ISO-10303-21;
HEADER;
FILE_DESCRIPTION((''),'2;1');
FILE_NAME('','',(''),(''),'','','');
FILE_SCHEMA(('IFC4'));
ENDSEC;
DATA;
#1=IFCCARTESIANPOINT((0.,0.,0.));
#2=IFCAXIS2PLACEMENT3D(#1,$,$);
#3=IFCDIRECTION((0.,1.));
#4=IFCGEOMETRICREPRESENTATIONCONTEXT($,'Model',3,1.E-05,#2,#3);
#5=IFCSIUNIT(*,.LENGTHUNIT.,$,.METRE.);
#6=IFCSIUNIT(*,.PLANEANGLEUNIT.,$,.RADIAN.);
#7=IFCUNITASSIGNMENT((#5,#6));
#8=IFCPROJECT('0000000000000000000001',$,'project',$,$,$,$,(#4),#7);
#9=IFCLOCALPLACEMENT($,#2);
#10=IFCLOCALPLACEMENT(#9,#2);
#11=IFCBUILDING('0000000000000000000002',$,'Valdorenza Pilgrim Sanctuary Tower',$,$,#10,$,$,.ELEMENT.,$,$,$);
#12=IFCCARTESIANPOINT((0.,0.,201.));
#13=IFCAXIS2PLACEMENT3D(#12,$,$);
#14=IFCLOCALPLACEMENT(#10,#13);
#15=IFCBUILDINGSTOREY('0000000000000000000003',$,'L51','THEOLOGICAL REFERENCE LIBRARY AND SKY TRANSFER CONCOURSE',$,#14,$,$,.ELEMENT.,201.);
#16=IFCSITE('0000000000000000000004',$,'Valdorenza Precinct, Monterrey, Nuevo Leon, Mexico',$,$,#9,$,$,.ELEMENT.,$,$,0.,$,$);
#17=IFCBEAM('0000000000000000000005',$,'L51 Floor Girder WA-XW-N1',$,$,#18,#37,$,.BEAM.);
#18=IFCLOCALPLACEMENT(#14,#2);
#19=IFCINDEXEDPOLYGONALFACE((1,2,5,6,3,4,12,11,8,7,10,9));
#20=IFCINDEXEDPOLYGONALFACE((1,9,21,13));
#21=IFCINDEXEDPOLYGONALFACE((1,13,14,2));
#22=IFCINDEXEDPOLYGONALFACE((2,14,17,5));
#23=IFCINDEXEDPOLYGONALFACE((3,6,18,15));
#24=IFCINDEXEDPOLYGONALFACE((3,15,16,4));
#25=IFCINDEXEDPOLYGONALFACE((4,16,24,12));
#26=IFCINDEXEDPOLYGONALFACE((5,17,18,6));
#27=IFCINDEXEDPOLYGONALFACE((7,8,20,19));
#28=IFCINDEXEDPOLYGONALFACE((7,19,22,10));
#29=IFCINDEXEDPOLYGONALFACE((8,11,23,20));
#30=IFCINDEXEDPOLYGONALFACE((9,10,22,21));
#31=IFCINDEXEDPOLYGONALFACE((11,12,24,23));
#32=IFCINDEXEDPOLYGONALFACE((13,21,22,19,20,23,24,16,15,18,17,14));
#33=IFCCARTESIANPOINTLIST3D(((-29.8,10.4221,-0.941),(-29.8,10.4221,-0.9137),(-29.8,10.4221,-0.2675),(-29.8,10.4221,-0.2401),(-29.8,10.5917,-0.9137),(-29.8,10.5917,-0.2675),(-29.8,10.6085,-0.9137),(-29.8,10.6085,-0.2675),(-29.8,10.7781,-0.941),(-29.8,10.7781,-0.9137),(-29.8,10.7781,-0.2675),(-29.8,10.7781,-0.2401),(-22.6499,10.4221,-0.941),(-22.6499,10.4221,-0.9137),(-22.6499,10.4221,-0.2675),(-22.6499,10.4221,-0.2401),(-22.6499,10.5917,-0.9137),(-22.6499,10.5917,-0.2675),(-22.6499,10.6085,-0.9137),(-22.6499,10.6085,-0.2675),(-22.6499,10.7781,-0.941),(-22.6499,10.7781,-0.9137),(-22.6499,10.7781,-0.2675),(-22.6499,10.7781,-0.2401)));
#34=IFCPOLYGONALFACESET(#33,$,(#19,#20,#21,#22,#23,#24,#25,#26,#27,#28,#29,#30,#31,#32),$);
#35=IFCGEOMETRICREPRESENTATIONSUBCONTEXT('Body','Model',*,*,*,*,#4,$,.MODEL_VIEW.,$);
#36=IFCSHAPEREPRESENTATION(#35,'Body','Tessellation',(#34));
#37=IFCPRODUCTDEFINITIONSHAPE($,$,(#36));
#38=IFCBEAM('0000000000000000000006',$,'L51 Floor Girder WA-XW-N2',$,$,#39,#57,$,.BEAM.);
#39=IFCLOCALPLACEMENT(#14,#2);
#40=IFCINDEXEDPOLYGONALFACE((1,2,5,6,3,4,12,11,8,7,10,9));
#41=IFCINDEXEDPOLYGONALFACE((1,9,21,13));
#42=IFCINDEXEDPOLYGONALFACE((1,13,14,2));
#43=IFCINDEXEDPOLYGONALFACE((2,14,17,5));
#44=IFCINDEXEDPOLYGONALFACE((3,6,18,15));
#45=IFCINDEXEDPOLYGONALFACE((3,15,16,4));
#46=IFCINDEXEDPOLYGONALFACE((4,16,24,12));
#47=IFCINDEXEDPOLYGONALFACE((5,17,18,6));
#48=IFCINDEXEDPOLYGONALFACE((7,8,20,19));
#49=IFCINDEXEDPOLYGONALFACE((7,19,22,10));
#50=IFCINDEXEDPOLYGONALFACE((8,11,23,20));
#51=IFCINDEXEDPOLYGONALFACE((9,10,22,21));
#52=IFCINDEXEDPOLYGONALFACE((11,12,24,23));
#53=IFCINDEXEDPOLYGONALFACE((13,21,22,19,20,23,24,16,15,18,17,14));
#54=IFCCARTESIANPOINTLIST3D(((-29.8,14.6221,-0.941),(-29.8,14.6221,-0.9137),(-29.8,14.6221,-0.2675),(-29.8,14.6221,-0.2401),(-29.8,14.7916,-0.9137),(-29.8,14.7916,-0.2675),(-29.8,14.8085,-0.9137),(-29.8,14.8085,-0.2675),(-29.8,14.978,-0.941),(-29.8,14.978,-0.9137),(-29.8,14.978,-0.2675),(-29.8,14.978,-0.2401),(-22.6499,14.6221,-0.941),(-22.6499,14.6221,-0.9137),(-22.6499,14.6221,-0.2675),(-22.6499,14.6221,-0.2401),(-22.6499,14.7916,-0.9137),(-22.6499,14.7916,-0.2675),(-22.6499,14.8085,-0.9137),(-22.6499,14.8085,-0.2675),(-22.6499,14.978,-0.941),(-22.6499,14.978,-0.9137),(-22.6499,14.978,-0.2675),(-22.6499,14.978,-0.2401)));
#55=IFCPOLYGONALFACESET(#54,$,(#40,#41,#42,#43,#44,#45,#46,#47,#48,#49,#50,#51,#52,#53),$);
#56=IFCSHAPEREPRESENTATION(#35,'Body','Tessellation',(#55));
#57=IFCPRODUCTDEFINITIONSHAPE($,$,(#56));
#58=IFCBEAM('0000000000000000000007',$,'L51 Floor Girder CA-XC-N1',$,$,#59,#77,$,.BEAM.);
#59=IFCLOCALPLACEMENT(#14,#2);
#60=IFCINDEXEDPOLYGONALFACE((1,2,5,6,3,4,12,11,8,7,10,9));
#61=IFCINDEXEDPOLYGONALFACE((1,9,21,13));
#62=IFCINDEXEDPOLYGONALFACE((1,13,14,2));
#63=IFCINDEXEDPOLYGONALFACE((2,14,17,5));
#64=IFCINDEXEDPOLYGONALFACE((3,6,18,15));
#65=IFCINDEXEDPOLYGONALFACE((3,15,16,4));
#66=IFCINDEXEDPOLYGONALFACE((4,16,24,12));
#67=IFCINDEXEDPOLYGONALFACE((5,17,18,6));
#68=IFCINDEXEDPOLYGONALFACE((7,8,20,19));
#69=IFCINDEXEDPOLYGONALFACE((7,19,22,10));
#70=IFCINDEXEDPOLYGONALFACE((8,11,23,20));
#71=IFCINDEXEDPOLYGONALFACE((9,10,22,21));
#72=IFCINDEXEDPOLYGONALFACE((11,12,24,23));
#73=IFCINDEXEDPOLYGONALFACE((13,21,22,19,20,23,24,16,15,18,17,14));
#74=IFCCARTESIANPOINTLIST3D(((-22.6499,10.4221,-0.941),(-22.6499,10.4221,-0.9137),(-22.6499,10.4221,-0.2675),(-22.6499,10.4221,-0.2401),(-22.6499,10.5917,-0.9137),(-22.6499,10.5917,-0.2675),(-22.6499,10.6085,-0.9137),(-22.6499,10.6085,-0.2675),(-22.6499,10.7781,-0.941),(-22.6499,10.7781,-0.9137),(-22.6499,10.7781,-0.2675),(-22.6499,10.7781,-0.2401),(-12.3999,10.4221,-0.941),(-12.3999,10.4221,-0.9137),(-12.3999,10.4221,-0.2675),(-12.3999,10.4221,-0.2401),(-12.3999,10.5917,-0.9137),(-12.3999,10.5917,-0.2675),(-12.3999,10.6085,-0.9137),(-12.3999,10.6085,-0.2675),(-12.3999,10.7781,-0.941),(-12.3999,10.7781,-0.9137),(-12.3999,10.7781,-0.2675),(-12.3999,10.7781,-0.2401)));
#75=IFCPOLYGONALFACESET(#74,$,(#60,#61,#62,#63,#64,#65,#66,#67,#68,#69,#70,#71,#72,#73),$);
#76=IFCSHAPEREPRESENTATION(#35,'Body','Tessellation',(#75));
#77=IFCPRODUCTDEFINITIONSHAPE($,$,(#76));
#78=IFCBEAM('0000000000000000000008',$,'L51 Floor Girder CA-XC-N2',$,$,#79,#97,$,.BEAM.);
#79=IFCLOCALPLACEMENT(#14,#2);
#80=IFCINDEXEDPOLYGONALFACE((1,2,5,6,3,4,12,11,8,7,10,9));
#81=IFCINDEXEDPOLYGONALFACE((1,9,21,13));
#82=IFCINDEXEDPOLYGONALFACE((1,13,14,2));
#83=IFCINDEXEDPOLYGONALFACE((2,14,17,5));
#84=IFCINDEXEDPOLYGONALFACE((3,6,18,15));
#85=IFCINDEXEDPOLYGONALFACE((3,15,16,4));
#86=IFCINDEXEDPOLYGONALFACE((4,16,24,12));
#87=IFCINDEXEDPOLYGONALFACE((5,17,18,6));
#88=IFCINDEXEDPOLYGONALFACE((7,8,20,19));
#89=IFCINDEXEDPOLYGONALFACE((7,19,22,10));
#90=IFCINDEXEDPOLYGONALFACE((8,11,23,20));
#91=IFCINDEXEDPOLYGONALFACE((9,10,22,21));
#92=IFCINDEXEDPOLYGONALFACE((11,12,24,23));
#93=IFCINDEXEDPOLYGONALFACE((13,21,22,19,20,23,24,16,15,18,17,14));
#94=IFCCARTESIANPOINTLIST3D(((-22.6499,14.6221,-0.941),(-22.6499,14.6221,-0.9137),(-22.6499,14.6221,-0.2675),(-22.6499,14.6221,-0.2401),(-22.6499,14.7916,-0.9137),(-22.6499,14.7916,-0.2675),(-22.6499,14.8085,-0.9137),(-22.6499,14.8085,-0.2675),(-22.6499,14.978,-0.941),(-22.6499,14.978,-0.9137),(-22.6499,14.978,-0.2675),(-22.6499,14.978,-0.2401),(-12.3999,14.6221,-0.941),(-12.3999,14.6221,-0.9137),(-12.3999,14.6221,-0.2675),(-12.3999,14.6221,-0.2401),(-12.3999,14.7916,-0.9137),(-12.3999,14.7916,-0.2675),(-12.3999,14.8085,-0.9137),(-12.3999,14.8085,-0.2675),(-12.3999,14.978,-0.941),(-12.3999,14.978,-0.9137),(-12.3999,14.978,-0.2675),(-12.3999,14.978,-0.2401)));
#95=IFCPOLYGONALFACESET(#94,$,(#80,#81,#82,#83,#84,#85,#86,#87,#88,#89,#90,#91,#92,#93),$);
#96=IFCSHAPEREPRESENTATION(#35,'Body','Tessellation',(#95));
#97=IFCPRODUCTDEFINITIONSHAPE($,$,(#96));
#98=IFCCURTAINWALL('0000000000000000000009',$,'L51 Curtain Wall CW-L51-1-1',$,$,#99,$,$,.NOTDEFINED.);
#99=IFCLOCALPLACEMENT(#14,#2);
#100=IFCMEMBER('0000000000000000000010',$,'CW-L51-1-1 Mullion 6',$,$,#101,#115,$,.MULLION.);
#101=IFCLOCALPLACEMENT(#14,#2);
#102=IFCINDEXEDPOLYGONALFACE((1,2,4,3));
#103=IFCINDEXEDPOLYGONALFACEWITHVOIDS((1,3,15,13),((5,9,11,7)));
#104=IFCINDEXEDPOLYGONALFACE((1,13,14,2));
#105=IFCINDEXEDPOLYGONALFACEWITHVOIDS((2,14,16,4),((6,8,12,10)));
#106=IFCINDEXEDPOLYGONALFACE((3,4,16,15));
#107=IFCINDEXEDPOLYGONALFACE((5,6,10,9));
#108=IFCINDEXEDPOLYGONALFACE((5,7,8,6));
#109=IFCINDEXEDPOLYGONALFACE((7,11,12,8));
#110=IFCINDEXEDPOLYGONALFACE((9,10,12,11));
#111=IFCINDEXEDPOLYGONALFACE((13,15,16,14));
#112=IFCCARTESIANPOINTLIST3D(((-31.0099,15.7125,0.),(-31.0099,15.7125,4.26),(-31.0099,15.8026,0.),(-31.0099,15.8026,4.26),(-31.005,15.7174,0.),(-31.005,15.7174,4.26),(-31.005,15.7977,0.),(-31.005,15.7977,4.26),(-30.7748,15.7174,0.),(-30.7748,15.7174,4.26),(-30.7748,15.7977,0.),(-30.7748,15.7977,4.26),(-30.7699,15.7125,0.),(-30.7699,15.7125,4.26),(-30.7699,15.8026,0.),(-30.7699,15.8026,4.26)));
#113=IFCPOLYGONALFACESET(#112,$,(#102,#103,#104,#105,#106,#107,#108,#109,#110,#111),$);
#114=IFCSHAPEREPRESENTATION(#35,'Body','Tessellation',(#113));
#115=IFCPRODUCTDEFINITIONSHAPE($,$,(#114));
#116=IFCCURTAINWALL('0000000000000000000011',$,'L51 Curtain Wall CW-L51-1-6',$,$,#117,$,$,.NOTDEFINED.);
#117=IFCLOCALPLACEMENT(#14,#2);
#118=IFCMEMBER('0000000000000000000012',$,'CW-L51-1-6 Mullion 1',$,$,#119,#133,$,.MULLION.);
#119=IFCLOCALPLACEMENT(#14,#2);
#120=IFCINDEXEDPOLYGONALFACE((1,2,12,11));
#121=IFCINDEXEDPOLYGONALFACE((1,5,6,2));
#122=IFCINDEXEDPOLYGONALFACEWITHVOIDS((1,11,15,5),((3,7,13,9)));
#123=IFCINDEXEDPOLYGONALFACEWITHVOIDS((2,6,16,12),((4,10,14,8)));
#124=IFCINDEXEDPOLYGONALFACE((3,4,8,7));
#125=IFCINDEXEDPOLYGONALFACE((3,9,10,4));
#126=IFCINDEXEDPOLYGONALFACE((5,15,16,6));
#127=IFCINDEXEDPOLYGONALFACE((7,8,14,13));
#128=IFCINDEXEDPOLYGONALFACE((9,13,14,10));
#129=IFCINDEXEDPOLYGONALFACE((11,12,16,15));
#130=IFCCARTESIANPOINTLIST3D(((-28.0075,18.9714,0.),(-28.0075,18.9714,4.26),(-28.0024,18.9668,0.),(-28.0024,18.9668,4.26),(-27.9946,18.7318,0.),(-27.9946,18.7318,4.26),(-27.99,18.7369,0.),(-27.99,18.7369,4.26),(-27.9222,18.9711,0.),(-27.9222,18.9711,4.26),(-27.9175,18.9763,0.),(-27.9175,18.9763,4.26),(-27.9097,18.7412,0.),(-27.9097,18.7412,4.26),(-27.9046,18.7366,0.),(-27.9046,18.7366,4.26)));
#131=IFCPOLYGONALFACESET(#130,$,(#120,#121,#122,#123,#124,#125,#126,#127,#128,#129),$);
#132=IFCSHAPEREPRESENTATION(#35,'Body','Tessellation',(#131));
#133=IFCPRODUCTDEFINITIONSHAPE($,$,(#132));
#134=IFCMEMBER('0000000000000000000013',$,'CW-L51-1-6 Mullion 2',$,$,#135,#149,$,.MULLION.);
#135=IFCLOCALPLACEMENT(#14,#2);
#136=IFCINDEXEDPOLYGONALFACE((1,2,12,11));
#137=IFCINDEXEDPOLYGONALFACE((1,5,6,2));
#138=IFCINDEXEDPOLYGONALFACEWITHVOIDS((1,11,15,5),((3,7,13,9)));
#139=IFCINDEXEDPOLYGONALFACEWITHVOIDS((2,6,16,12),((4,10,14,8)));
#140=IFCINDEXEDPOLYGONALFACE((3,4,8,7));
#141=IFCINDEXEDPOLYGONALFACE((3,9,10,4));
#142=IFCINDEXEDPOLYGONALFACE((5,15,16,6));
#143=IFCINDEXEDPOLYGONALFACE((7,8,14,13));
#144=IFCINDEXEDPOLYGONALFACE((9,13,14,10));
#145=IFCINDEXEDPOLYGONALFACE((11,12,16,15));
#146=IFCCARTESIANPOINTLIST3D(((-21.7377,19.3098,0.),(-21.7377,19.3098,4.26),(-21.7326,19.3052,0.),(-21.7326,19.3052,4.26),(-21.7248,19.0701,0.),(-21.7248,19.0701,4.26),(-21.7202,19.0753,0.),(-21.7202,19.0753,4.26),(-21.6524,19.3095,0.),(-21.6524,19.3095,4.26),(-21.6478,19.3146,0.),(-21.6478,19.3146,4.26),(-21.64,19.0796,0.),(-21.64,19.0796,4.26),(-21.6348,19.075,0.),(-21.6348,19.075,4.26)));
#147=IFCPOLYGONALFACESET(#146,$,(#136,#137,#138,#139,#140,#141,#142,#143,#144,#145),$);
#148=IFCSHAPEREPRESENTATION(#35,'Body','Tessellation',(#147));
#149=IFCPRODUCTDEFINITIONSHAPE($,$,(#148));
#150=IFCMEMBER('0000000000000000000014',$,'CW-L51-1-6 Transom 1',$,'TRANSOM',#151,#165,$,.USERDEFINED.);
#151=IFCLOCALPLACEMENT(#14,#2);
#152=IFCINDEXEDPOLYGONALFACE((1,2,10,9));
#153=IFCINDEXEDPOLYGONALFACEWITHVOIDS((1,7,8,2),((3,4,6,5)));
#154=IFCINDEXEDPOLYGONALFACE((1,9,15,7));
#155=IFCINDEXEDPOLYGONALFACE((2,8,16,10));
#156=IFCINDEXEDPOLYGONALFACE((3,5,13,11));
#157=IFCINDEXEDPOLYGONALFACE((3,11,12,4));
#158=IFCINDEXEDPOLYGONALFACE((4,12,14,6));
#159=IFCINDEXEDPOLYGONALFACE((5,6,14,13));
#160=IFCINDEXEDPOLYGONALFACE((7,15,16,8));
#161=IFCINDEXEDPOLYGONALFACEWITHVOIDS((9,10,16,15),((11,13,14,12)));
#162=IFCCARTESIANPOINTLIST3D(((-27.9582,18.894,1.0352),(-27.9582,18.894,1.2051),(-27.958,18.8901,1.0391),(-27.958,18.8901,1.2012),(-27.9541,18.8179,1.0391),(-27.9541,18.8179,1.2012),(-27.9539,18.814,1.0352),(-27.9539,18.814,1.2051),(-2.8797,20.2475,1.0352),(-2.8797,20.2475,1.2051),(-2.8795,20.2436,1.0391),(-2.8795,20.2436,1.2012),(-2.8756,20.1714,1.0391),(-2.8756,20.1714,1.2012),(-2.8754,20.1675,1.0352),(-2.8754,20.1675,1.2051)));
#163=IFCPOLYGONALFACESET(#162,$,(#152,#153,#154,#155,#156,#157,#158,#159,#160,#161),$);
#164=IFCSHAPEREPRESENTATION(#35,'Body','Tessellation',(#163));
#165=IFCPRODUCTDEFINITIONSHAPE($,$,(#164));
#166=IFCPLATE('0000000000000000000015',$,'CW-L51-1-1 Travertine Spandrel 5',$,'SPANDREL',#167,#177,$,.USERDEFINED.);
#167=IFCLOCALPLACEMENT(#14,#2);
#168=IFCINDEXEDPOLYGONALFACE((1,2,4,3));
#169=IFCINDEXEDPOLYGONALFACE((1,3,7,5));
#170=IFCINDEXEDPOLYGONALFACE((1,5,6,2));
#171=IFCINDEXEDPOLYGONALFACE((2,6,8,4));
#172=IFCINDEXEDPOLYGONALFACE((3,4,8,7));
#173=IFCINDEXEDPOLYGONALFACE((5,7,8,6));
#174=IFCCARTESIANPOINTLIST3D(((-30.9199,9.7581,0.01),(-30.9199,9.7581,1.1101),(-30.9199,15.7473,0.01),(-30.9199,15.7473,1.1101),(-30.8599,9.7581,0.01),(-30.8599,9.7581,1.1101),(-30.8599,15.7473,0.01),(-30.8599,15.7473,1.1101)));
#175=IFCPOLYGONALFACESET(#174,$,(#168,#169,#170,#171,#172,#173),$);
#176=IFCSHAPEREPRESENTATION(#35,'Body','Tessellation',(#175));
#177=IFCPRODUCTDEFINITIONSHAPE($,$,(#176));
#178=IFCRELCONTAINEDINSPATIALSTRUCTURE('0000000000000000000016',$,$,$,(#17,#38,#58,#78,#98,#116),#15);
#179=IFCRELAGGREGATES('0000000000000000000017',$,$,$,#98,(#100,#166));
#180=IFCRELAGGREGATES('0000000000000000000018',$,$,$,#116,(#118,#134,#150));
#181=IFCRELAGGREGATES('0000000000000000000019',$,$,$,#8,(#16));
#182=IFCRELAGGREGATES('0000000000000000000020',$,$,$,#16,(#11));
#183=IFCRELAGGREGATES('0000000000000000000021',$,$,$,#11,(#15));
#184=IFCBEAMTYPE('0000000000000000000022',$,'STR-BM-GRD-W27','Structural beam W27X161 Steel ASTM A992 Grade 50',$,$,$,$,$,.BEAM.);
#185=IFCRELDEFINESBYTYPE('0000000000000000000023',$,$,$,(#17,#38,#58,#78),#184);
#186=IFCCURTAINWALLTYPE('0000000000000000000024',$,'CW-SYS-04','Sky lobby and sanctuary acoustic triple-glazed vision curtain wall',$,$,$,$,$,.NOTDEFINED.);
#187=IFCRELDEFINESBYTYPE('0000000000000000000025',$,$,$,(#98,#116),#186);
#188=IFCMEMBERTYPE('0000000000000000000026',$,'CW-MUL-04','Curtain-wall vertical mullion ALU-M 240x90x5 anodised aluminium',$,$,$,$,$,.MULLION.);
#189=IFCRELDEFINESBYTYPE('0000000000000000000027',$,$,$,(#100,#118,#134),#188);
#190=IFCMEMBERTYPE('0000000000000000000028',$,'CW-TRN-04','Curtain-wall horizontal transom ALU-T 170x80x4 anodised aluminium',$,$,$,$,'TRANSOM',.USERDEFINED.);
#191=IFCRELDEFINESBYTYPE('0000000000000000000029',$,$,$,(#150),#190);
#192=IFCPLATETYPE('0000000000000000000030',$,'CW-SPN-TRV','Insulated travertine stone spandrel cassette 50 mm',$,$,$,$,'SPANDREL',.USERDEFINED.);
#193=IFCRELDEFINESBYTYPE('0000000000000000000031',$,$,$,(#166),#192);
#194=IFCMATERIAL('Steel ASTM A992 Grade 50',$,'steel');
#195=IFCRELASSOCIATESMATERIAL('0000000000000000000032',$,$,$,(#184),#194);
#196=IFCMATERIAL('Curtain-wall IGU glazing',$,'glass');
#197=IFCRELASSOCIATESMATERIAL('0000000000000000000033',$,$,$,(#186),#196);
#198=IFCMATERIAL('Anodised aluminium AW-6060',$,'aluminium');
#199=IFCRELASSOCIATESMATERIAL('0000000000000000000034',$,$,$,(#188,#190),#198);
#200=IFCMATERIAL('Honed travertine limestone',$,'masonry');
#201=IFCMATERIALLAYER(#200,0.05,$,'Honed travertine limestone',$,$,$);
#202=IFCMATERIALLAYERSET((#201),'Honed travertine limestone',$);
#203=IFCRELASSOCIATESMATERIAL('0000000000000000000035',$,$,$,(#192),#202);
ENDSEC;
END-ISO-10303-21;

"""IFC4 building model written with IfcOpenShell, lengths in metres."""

from ifc_helpers import new_model, si_unit, direction, frame, origin, origin_2d, place, context, subcontext, project, spatial, rectangle, hollow_rectangle, i_section, extrude, source, transform, mapped, material, layer, layer_set, material_profile, profile_set, type_object, element, aggregate, save


model = new_model("IFC4")

# Units and contexts
model_context = context("Model", 3, precision=1e-05, world=origin(), true_north=direction((0.0, 1.0)))
body_context = subcontext(model_context, "Body", "Model", "MODEL_VIEW")
ifc_project = project(units=[si_unit("LENGTHUNIT", "METRE"), si_unit("PLANEANGLEUNIT", "RADIAN")], contexts=[model_context])

# Site, building, storey
site_placement = place(None, origin())
site = spatial("IfcSite", under=ifc_project, at=site_placement, Name="Valdorenza Precinct, Monterrey, Nuevo Leon, Mexico", CompositionType="ELEMENT", RefElevation=0.0)
building_placement = place(site_placement, origin())
building = spatial("IfcBuilding", under=site, at=building_placement, Name="Valdorenza Pilgrim Sanctuary Tower", CompositionType="ELEMENT")
storey_placement = place(building_placement, frame((0.0, 0.0, 201.0)))
storey = spatial("IfcBuildingStorey", under=building, at=storey_placement, Name="L51", Description="THEOLOGICAL REFERENCE LIBRARY AND SKY TRANSFER CONCOURSE", CompositionType="ELEMENT", Elevation=201.0)

# Beams
ifc_material_1 = material(Name="Steel ASTM A992 Grade 50", Category="steel")
ifc_material_profile_1 = material_profile(ifc_material_1, i_section(OverallWidth=0.356, OverallDepth=0.7009, WebThickness=0.0168, FlangeThickness=0.0273, at=origin_2d()), Name="W27X161")
ifc_profile_set_1 = profile_set([ifc_material_profile_1], Name="Steel ASTM A992 Grade 50")
beam_type_1 = type_object("IfcBeamType", Name="STR-BM-GRD-W27", Description="Structural beam W27X161 Steel ASTM A992 Grade 50", PredefinedType="BEAM", material=ifc_profile_set_1)
shared_shape_1 = source(origin(), body_context, "Body", "SweptSolid", [
    extrude(i_section(OverallWidth=0.356, OverallDepth=0.7009, WebThickness=0.0168, FlangeThickness=0.0273, at=origin_2d()), origin(), (0.0, 0.0, 1.0), 7.1501),
])
for number, where, z_axis, x_axis, name in (
    (1, (-29.8, 10.6001, -0.5906), (1.0, 0.0, 0.0), (0.0, 1.0, 0.0), "L51 Floor Girder WA-XW-N1"),
    (2, (-29.8, 14.8, -0.5906), (1.0, 0.0, 0.0), (0.0, 1.0, 0.0), "L51 Floor Girder WA-XW-N2"),
):
    element("IfcBeam", number, at=place(storey_placement, frame(where, z_axis=z_axis, x_axis=x_axis)), inside=storey, type_object=beam_type_1, Name=name, PredefinedType="BEAM", context=body_context, shape_type="MappedRepresentation", body=[
        mapped(shared_shape_1, transform((0.0, 0.0, 0.0), x_axis=(1.0, 0.0, 0.0), y_axis=(0.0, 1.0, 0.0), z_axis=(0.0, 0.0, 1.0), scale=1.0)),
    ])
shared_shape_2 = source(origin(), body_context, "Body", "SweptSolid", [
    extrude(i_section(OverallWidth=0.356, OverallDepth=0.7009, WebThickness=0.0168, FlangeThickness=0.0273, at=origin_2d()), origin(), (0.0, 0.0, 1.0), 10.25),
])
for number, where, z_axis, x_axis, name in (
    (3, (-22.6499, 10.6001, -0.5906), (1.0, 0.0, 0.0), (0.0, 1.0, 0.0), "L51 Floor Girder CA-XC-N1"),
    (4, (-22.6499, 14.8, -0.5906), (1.0, 0.0, 0.0), (0.0, 1.0, 0.0), "L51 Floor Girder CA-XC-N2"),
):
    element("IfcBeam", number, at=place(storey_placement, frame(where, z_axis=z_axis, x_axis=x_axis)), inside=storey, type_object=beam_type_1, Name=name, PredefinedType="BEAM", context=body_context, shape_type="MappedRepresentation", body=[
        mapped(shared_shape_2, transform((0.0, 0.0, 0.0), x_axis=(1.0, 0.0, 0.0), y_axis=(0.0, 1.0, 0.0), z_axis=(0.0, 0.0, 1.0), scale=1.0)),
    ])

# Curtain wall, member
ifc_material_2 = material(Name="Curtain-wall IGU glazing", Category="glass")
curtain_wall_type = type_object("IfcCurtainWallType", Name="CW-SYS-04", Description="Sky lobby and sanctuary acoustic triple-glazed vision curtain wall", PredefinedType="NOTDEFINED", material=ifc_material_2)
curtain_wall_1_placement = place(storey_placement, origin())
curtain_wall_1 = element("IfcCurtainWall", 5, at=curtain_wall_1_placement, inside=storey, type_object=curtain_wall_type, Name="L51 Curtain Wall CW-L51-1-1", PredefinedType="NOTDEFINED")
ifc_material_3 = material(Name="Anodised aluminium AW-6060", Category="aluminium")
ifc_material_profile_2 = material_profile(ifc_material_3, hollow_rectangle(XDim=0.0901, YDim=0.24, WallThickness=0.0049, at=origin_2d()), Name="ALU-M 240x90x5")
ifc_profile_set_2 = profile_set([ifc_material_profile_2], Name="Anodised aluminium AW-6060")
member_type_1 = type_object("IfcMemberType", Name="CW-MUL-04", Description="Curtain-wall vertical mullion ALU-M 240x90x5 anodised aluminium", PredefinedType="MULLION", material=ifc_profile_set_2)
shared_shape_3 = source(origin(), body_context, "Body", "SweptSolid", [
    extrude(hollow_rectangle(XDim=0.0901, YDim=0.24, WallThickness=0.0049, at=origin_2d()), origin(), (0.0, 0.0, 1.0), 4.26),
])
member_1_placement = place(storey_placement, frame((-30.8899, 15.7576, 0.0), z_axis=(0.0, 0.0, 1.0), x_axis=(0.0, 1.0, 0.0)))
member_1 = element("IfcMember", 6, at=member_1_placement, type_object=member_type_1, Name="CW-L51-1-1 Mullion 6", PredefinedType="MULLION", context=body_context, shape_type="MappedRepresentation", body=[
    mapped(shared_shape_3, transform((0.0, 0.0, 0.0), x_axis=(1.0, 0.0, 0.0), y_axis=(0.0, 1.0, 0.0), z_axis=(0.0, 0.0, 1.0), scale=1.0)),
])

# Curtain wall, members
curtain_wall_2_placement = place(storey_placement, origin())
curtain_wall_2 = element("IfcCurtainWall", 7, at=curtain_wall_2_placement, inside=storey, type_object=curtain_wall_type, Name="L51 Curtain Wall CW-L51-1-6", PredefinedType="NOTDEFINED")
member_2_placement = place(storey_placement, frame((-27.9561, 18.854, 0.0), z_axis=(0.0, 0.0, 1.0), x_axis=(0.998547, 0.053887, 0.0)))
member_2 = element("IfcMember", 8, at=member_2_placement, type_object=member_type_1, Name="CW-L51-1-6 Mullion 1", PredefinedType="MULLION", context=body_context, shape_type="MappedRepresentation", body=[
    mapped(shared_shape_3, transform((0.0, 0.0, 0.0), x_axis=(1.0, 0.0, 0.0), y_axis=(0.0, 1.0, 0.0), z_axis=(0.0, 0.0, 1.0), scale=1.0)),
])
member_3_placement = place(storey_placement, frame((-21.6863, 19.1924, 0.0), z_axis=(0.0, 0.0, 1.0), x_axis=(0.998547, 0.053887, 0.0)))
member_3 = element("IfcMember", 9, at=member_3_placement, type_object=member_type_1, Name="CW-L51-1-6 Mullion 2", PredefinedType="MULLION", context=body_context, shape_type="MappedRepresentation", body=[
    mapped(shared_shape_3, transform((0.0, 0.0, 0.0), x_axis=(1.0, 0.0, 0.0), y_axis=(0.0, 1.0, 0.0), z_axis=(0.0, 0.0, 1.0), scale=1.0)),
])
ifc_material_profile_3 = material_profile(ifc_material_3, hollow_rectangle(XDim=0.0801, YDim=0.1699, WallThickness=0.0039, at=origin_2d()), Name="ALU-T 170x80x4")
ifc_profile_set_3 = profile_set([ifc_material_profile_3], Name="Anodised aluminium AW-6060")
member_type_2 = type_object("IfcMemberType", Name="CW-TRN-04", Description="Curtain-wall horizontal transom ALU-T 170x80x4 anodised aluminium", ElementType="TRANSOM", PredefinedType="USERDEFINED", material=ifc_profile_set_3)
shared_shape_4 = source(origin(), body_context, "Body", "SweptSolid", [
    extrude(hollow_rectangle(XDim=0.0801, YDim=0.1699, WallThickness=0.0039, at=origin_2d()), origin(), (0.0, 0.0, 1.0), 25.115),
])
member_4_placement = place(storey_placement, frame((-27.9561, 18.854, 1.1201), z_axis=(0.998547, 0.053893, 0.0), x_axis=(-0.053893, 0.998547, 0.0)))
member_4 = element("IfcMember", 10, at=member_4_placement, type_object=member_type_2, Name="CW-L51-1-6 Transom 1", ObjectType="TRANSOM", PredefinedType="USERDEFINED", context=body_context, shape_type="MappedRepresentation", body=[
    mapped(shared_shape_4, transform((0.0, 0.0, 0.0), x_axis=(1.0, 0.0, 0.0), y_axis=(0.0, 1.0, 0.0), z_axis=(0.0, 0.0, 1.0), scale=1.0)),
])

# Plate
ifc_material_4 = material(Name="Honed travertine limestone", Category="masonry")
ifc_layer_1 = layer(ifc_material_4, 0.05, Name="Honed travertine limestone")
ifc_layer_set_1 = layer_set([ifc_layer_1], Name="Honed travertine limestone")
plate_type_1 = type_object("IfcPlateType", Name="CW-SPN-TRV", Description="Insulated travertine stone spandrel cassette 50 mm", ElementType="SPANDREL", PredefinedType="USERDEFINED", material=ifc_layer_set_1)
shared_shape_5 = source(origin(), body_context, "Body", "SweptSolid", [
    extrude(rectangle(XDim=5.9893, YDim=0.0601, at=origin_2d()), origin(), (0.0, 0.0, 1.0), 1.1001),
])
plate_1_placement = place(storey_placement, frame((-30.8899, 12.7527, 0.01), z_axis=(0.0, 0.0, 1.0), x_axis=(0.0, 1.0, 0.0)))
plate_1 = element("IfcPlate", 11, at=plate_1_placement, type_object=plate_type_1, Name="CW-L51-1-1 Travertine Spandrel 5", ObjectType="SPANDREL", PredefinedType="USERDEFINED", context=body_context, shape_type="MappedRepresentation", body=[
    mapped(shared_shape_5, transform((0.0, 0.0, 0.0), x_axis=(1.0, 0.0, 0.0), y_axis=(0.0, 1.0, 0.0), z_axis=(0.0, 0.0, 1.0), scale=1.0)),
])
aggregate(curtain_wall_1, [member_1, plate_1])
aggregate(curtain_wall_2, [member_2, member_3, member_4])

save(model, "model.ifc")
